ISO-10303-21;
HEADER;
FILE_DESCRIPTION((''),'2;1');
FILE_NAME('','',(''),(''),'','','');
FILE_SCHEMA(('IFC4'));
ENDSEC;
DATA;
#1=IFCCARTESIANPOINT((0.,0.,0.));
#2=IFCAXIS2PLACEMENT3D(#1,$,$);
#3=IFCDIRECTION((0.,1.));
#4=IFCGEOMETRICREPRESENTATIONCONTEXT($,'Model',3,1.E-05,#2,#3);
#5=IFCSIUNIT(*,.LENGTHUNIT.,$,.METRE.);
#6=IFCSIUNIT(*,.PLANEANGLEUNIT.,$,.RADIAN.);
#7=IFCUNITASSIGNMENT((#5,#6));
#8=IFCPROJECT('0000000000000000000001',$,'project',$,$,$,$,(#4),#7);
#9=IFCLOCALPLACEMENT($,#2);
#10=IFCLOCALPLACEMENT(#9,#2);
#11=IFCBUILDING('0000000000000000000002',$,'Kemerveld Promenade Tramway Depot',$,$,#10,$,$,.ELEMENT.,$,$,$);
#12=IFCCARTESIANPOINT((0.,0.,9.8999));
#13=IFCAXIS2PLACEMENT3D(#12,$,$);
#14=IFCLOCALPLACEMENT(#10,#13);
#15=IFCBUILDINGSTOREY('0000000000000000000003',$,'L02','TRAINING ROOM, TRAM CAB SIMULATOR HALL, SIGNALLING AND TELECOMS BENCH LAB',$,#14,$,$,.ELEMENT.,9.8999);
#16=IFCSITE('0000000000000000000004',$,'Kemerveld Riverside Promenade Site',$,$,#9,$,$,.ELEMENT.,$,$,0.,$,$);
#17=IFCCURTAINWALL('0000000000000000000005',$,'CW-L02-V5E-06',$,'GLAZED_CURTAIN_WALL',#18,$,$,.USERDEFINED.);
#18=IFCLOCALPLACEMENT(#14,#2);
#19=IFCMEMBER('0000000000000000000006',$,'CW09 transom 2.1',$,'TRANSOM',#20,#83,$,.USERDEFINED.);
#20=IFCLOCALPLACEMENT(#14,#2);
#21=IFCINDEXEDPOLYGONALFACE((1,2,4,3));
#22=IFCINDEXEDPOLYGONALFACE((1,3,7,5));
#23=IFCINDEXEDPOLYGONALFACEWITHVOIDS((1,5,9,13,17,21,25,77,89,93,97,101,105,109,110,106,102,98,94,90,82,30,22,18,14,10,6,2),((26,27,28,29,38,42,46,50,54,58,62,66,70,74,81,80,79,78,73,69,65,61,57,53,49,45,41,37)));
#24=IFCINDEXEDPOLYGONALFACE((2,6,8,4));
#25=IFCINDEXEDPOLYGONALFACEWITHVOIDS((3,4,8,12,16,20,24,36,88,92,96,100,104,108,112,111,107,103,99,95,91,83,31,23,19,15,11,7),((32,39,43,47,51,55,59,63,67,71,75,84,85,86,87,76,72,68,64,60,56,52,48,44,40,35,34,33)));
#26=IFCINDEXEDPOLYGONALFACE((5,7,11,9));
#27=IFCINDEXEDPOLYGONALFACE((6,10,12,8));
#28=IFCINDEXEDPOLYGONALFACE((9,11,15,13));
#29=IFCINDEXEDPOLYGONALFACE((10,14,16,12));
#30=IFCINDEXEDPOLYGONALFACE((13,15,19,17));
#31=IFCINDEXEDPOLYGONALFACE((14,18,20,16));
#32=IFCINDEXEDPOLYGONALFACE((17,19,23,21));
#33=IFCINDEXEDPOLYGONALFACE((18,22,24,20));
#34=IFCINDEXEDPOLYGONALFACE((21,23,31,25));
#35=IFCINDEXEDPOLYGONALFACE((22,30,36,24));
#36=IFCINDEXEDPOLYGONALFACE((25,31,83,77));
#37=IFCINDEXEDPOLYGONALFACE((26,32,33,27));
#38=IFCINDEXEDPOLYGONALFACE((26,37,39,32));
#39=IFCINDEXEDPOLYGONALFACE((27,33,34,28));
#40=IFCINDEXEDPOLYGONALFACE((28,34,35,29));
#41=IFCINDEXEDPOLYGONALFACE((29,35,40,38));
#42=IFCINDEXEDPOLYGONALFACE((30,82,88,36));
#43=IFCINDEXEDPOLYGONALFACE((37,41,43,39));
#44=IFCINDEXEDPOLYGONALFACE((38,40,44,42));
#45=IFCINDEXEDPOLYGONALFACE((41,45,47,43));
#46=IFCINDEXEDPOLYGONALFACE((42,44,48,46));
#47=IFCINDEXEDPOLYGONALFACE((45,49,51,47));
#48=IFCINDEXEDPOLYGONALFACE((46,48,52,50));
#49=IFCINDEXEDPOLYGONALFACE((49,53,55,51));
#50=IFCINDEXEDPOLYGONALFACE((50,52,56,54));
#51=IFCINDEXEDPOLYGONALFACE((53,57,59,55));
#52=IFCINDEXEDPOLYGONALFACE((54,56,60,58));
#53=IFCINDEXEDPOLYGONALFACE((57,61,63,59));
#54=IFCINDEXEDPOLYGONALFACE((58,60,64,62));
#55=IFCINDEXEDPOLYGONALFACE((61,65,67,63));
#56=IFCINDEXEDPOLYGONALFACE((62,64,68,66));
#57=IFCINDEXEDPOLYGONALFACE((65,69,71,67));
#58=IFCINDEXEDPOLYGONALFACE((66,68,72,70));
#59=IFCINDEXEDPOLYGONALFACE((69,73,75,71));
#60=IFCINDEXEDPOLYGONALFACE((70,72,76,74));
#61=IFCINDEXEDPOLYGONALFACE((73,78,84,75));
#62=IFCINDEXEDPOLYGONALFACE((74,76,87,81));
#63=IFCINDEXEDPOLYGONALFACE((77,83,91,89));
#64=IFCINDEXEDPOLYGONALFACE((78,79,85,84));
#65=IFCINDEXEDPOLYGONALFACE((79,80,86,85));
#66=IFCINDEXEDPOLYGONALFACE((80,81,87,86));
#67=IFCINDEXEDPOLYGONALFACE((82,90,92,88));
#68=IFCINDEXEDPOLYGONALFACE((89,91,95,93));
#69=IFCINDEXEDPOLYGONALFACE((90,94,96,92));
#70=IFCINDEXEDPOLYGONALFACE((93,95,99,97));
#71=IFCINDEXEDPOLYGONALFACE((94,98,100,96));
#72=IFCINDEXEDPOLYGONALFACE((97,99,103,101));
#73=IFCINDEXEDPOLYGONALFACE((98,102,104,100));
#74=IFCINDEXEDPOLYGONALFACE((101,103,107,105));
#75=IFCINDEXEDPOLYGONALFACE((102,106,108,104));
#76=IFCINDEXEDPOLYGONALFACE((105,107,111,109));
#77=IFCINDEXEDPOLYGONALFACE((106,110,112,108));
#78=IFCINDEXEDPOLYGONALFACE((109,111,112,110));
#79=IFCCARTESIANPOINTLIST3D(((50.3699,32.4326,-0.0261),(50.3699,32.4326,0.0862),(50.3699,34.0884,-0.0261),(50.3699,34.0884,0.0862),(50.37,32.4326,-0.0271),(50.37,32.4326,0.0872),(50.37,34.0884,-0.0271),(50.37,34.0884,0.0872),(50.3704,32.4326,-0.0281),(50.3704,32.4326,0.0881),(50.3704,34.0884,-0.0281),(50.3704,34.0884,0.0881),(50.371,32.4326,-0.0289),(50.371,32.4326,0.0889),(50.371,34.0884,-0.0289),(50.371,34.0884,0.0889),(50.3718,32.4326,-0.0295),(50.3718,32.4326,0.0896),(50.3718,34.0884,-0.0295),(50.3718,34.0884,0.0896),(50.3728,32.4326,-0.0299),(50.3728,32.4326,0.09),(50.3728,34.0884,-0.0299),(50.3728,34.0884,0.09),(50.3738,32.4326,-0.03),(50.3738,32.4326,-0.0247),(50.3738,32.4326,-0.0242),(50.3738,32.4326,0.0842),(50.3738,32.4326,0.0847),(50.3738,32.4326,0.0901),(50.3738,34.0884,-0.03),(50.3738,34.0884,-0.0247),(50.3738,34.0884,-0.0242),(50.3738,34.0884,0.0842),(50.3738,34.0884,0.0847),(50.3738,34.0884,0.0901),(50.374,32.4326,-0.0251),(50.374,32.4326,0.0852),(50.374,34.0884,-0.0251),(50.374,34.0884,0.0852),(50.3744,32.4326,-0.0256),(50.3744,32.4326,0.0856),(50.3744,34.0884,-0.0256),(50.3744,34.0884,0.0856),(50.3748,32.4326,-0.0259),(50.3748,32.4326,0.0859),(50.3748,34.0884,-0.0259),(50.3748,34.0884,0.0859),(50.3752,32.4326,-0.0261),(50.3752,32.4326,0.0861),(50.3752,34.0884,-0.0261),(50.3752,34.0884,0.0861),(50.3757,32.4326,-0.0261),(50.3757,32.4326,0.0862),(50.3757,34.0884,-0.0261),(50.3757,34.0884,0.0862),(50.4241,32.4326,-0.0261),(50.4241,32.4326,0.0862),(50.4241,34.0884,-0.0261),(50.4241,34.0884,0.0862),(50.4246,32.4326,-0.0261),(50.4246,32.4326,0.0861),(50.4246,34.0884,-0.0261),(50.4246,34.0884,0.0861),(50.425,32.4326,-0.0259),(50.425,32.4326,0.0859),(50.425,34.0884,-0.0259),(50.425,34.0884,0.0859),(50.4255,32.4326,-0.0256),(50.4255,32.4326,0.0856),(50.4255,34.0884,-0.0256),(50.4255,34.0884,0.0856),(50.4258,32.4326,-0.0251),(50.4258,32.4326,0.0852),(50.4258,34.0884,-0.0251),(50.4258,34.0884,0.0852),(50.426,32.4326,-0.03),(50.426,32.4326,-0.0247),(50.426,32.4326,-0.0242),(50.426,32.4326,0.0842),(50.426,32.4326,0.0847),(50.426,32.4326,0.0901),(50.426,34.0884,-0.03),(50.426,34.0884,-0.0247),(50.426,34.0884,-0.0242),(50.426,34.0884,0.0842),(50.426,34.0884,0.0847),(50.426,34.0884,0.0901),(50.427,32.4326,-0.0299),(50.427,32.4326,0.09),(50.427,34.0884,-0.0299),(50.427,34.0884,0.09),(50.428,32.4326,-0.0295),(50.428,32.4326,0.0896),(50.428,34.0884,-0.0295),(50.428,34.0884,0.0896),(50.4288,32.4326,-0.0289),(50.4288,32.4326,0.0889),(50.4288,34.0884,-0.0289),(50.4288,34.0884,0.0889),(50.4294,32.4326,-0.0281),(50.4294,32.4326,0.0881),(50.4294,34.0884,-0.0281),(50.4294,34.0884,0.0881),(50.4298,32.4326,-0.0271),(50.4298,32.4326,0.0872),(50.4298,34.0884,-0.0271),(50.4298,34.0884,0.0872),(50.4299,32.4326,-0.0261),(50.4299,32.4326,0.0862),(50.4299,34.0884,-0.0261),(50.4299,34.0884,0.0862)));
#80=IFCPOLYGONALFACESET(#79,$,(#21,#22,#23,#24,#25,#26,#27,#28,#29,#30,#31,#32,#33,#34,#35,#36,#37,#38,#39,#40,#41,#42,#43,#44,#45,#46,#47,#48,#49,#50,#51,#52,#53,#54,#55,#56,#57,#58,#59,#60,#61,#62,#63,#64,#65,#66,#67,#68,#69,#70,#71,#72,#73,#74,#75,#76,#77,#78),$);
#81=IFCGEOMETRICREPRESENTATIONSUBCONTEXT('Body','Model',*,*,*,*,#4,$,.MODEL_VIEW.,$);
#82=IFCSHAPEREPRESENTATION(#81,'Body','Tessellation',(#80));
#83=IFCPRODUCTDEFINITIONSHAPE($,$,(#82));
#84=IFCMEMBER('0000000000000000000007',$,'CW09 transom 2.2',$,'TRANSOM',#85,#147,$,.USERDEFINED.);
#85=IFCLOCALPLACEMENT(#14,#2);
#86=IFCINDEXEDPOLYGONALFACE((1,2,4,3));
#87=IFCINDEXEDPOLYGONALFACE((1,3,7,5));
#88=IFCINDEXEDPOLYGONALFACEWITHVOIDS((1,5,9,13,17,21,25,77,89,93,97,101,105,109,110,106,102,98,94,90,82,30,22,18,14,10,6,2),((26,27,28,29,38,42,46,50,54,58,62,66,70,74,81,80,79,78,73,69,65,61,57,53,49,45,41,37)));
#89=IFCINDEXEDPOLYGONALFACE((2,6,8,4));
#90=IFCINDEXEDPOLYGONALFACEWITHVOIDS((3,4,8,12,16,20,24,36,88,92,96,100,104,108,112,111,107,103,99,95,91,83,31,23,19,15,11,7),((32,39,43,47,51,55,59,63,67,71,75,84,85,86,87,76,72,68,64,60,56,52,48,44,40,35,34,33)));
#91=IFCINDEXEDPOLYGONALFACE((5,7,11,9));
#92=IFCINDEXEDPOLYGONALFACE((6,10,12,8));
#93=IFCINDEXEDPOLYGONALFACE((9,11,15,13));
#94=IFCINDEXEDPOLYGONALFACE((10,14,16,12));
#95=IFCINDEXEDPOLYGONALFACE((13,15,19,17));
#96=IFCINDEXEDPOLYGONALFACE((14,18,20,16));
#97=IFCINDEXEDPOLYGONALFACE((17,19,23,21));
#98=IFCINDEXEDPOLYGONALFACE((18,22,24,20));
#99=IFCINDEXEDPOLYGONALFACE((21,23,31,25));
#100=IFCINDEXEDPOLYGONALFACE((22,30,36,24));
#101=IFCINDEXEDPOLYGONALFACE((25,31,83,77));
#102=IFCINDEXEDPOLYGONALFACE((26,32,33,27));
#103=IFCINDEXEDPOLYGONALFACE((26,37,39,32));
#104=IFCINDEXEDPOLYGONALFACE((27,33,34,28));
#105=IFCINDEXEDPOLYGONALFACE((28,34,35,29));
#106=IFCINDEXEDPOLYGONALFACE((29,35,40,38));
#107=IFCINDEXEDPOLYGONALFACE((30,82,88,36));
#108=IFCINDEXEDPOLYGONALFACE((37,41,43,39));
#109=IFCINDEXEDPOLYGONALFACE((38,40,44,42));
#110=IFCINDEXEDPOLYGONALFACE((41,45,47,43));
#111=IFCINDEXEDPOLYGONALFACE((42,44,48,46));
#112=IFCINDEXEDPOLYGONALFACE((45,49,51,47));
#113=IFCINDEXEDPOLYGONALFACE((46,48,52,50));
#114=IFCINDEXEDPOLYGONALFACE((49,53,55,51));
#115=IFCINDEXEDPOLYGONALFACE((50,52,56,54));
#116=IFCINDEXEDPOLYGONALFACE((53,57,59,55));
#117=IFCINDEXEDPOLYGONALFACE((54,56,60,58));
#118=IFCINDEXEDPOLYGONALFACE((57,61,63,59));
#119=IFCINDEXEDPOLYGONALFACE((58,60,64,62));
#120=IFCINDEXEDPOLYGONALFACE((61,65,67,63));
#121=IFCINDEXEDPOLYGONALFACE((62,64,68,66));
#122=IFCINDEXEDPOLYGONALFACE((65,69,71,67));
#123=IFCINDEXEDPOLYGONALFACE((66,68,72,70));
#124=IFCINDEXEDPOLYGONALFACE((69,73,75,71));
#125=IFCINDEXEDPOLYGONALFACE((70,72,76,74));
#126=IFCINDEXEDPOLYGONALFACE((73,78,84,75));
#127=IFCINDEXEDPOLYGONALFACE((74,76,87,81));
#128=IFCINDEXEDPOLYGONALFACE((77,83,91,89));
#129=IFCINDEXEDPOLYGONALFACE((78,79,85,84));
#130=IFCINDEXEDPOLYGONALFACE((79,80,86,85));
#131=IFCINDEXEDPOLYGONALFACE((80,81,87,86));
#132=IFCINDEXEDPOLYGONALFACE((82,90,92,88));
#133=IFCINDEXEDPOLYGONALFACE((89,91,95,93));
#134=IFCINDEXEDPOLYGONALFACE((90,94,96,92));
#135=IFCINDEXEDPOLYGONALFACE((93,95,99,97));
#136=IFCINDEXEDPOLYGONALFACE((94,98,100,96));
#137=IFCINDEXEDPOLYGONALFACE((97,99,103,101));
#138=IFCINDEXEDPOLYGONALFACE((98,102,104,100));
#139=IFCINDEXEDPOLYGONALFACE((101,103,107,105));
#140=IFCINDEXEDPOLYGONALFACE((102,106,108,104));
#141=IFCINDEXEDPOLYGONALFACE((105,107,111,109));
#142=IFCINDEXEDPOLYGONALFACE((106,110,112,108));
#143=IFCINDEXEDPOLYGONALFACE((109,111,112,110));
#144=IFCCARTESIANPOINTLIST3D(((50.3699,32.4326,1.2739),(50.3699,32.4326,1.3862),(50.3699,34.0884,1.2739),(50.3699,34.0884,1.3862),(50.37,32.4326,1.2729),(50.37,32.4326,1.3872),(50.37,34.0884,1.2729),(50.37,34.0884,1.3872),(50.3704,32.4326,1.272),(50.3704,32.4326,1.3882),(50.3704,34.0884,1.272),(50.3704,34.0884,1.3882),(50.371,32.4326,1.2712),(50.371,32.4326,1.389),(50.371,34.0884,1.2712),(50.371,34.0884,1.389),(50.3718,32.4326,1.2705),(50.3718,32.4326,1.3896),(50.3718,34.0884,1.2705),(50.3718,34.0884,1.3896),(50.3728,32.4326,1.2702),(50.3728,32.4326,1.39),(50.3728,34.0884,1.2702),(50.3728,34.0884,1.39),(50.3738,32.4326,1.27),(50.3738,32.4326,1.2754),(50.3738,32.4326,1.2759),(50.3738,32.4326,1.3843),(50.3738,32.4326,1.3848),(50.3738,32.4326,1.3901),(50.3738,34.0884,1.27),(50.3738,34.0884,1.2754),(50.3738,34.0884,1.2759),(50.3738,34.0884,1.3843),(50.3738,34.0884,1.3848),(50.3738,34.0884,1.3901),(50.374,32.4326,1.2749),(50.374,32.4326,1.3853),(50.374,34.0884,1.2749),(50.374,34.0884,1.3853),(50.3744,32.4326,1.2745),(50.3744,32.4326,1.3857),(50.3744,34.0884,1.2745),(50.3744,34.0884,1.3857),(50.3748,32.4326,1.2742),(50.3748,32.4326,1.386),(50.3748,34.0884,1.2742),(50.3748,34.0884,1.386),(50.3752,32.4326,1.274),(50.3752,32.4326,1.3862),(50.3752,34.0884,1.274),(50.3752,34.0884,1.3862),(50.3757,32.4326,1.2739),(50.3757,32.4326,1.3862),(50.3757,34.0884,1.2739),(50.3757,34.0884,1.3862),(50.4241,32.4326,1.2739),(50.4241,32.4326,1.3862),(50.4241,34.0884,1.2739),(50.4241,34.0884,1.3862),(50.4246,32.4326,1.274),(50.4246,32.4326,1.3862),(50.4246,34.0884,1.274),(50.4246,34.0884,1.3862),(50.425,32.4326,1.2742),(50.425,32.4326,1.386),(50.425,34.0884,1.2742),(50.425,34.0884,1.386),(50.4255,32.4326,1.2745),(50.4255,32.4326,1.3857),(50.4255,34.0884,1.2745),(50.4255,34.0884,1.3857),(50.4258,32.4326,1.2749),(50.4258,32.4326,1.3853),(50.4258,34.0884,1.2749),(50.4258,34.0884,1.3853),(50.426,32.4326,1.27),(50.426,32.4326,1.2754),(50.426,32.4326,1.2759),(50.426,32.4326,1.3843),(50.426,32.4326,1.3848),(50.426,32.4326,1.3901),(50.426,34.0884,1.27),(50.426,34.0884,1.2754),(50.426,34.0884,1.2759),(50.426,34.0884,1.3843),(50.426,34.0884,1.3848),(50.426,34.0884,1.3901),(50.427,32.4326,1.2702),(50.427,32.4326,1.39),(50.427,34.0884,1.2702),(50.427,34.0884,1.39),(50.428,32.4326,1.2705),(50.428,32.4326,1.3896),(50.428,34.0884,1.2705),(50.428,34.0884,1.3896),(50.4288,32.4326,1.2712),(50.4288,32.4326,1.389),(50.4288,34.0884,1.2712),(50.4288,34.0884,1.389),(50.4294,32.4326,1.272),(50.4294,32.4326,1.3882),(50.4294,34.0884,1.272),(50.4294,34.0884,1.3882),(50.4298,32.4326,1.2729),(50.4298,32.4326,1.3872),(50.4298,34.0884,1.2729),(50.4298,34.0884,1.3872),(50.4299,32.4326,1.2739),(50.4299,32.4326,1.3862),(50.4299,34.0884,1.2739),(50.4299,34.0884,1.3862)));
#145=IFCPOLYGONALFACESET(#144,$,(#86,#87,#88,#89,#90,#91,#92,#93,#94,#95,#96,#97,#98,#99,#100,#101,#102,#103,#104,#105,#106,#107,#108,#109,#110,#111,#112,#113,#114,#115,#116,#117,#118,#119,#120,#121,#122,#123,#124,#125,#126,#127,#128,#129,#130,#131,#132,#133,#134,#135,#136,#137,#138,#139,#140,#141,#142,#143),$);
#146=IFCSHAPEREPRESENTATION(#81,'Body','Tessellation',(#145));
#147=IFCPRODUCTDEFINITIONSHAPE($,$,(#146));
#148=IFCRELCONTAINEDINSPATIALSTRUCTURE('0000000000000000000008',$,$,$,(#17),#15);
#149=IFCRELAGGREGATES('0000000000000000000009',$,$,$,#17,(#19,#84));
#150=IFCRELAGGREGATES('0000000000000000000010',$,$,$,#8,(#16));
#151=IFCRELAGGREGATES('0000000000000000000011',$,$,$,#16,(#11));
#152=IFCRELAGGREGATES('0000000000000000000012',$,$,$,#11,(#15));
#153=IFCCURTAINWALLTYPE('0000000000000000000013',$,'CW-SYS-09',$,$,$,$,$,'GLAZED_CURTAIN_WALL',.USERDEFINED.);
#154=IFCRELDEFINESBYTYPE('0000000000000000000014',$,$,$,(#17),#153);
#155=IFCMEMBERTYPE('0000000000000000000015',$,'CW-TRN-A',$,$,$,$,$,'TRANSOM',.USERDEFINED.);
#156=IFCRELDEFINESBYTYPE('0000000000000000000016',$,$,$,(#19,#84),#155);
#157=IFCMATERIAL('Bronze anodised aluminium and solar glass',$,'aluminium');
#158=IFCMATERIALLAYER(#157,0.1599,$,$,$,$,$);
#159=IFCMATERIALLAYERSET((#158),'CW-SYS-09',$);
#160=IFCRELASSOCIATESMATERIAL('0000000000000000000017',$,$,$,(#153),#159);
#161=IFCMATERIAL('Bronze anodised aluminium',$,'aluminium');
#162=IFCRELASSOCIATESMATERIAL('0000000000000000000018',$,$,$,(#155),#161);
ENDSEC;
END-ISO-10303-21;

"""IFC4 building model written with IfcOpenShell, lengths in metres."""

from ifc_helpers import new_model, si_unit, direction, frame, origin, origin_2d, place, context, subcontext, project, spatial, hollow_rectangle, extrude, material, layer, layer_set, material_profile, profile_set, type_object, element, aggregate, save


model = new_model("IFC4")

# Units and contexts
model_context = context("Model", 3, precision=1e-05, world=origin(), true_north=direction((0.0, 1.0)))
body_context = subcontext(model_context, "Body", "Model", "MODEL_VIEW")
ifc_project = project(units=[si_unit("LENGTHUNIT", "METRE"), si_unit("PLANEANGLEUNIT", "RADIAN")], contexts=[model_context])

# Site, building, storey
site_placement = place(None, origin())
site = spatial("IfcSite", under=ifc_project, at=site_placement, Name="Kemerveld Riverside Promenade Site", CompositionType="ELEMENT", RefElevation=0.0)
building_placement = place(site_placement, origin())
building = spatial("IfcBuilding", under=site, at=building_placement, Name="Kemerveld Promenade Tramway Depot", CompositionType="ELEMENT")
storey_placement = place(building_placement, frame((0.0, 0.0, 9.8999)))
storey = spatial("IfcBuildingStorey", under=building, at=storey_placement, Name="L02", Description="TRAINING ROOM, TRAM CAB SIMULATOR HALL, SIGNALLING AND TELECOMS BENCH LAB", CompositionType="ELEMENT", Elevation=9.8999)

# Curtain wall, members
ifc_material_1 = material(Name="Bronze anodised aluminium and solar glass", Category="aluminium")
ifc_layer_1 = layer(ifc_material_1, 0.1599)
ifc_layer_set_1 = layer_set([ifc_layer_1], Name="CW-SYS-09")
curtain_wall_type = type_object("IfcCurtainWallType", Name="CW-SYS-09", ElementType="GLAZED_CURTAIN_WALL", PredefinedType="USERDEFINED", material=ifc_layer_set_1)
curtain_wall_placement = place(storey_placement, origin())
curtain_wall = element("IfcCurtainWall", 1, at=curtain_wall_placement, inside=storey, type_object=curtain_wall_type, Name="CW-L02-V5E-06", ObjectType="GLAZED_CURTAIN_WALL", PredefinedType="USERDEFINED")
ifc_material_2 = material(Name="Bronze anodised aluminium", Category="aluminium")
ifc_material_profile_1 = material_profile(ifc_material_2, hollow_rectangle(XDim=0.0601, YDim=0.1201, WallThickness=0.0039, InnerFilletRadius=0.002, OuterFilletRadius=0.0039, at=origin_2d()), Name="CW-TRN-120x60")
ifc_profile_set_1 = profile_set([ifc_material_profile_1], Name="Bronze anodised aluminium")
member_type_1 = type_object("IfcMemberType", Name="CW-TRN-A", ElementType="TRANSOM", PredefinedType="USERDEFINED", material=ifc_profile_set_1)
member_1_placement = place(storey_placement, frame((50.3999, 34.0884, 0.03), z_axis=(0.0, -1.0, 0.0), x_axis=(1.0, 0.0, 0.0)))
member_1 = element("IfcMember", 2, at=member_1_placement, type_object=member_type_1, Name="CW09 transom 2.1", ObjectType="TRANSOM", PredefinedType="USERDEFINED", context=body_context, shape_type="SweptSolid", body=[
    extrude(hollow_rectangle(XDim=0.0601, YDim=0.1201, WallThickness=0.0039, InnerFilletRadius=0.002, OuterFilletRadius=0.0039, at=origin_2d()), origin(), (0.0, 0.0, 1.0), 1.6558),
])
member_2_placement = place(storey_placement, frame((50.3999, 34.0884, 1.3301), z_axis=(0.0, -1.0, 0.0), x_axis=(1.0, 0.0, 0.0)))
member_2 = element("IfcMember", 3, at=member_2_placement, type_object=member_type_1, Name="CW09 transom 2.2", ObjectType="TRANSOM", PredefinedType="USERDEFINED", context=body_context, shape_type="SweptSolid", body=[
    extrude(hollow_rectangle(XDim=0.0601, YDim=0.1201, WallThickness=0.0039, InnerFilletRadius=0.002, OuterFilletRadius=0.0039, at=origin_2d()), origin(), (0.0, 0.0, 1.0), 1.6558),
])
aggregate(curtain_wall, [member_1, member_2])

save(model, "model.ifc")
